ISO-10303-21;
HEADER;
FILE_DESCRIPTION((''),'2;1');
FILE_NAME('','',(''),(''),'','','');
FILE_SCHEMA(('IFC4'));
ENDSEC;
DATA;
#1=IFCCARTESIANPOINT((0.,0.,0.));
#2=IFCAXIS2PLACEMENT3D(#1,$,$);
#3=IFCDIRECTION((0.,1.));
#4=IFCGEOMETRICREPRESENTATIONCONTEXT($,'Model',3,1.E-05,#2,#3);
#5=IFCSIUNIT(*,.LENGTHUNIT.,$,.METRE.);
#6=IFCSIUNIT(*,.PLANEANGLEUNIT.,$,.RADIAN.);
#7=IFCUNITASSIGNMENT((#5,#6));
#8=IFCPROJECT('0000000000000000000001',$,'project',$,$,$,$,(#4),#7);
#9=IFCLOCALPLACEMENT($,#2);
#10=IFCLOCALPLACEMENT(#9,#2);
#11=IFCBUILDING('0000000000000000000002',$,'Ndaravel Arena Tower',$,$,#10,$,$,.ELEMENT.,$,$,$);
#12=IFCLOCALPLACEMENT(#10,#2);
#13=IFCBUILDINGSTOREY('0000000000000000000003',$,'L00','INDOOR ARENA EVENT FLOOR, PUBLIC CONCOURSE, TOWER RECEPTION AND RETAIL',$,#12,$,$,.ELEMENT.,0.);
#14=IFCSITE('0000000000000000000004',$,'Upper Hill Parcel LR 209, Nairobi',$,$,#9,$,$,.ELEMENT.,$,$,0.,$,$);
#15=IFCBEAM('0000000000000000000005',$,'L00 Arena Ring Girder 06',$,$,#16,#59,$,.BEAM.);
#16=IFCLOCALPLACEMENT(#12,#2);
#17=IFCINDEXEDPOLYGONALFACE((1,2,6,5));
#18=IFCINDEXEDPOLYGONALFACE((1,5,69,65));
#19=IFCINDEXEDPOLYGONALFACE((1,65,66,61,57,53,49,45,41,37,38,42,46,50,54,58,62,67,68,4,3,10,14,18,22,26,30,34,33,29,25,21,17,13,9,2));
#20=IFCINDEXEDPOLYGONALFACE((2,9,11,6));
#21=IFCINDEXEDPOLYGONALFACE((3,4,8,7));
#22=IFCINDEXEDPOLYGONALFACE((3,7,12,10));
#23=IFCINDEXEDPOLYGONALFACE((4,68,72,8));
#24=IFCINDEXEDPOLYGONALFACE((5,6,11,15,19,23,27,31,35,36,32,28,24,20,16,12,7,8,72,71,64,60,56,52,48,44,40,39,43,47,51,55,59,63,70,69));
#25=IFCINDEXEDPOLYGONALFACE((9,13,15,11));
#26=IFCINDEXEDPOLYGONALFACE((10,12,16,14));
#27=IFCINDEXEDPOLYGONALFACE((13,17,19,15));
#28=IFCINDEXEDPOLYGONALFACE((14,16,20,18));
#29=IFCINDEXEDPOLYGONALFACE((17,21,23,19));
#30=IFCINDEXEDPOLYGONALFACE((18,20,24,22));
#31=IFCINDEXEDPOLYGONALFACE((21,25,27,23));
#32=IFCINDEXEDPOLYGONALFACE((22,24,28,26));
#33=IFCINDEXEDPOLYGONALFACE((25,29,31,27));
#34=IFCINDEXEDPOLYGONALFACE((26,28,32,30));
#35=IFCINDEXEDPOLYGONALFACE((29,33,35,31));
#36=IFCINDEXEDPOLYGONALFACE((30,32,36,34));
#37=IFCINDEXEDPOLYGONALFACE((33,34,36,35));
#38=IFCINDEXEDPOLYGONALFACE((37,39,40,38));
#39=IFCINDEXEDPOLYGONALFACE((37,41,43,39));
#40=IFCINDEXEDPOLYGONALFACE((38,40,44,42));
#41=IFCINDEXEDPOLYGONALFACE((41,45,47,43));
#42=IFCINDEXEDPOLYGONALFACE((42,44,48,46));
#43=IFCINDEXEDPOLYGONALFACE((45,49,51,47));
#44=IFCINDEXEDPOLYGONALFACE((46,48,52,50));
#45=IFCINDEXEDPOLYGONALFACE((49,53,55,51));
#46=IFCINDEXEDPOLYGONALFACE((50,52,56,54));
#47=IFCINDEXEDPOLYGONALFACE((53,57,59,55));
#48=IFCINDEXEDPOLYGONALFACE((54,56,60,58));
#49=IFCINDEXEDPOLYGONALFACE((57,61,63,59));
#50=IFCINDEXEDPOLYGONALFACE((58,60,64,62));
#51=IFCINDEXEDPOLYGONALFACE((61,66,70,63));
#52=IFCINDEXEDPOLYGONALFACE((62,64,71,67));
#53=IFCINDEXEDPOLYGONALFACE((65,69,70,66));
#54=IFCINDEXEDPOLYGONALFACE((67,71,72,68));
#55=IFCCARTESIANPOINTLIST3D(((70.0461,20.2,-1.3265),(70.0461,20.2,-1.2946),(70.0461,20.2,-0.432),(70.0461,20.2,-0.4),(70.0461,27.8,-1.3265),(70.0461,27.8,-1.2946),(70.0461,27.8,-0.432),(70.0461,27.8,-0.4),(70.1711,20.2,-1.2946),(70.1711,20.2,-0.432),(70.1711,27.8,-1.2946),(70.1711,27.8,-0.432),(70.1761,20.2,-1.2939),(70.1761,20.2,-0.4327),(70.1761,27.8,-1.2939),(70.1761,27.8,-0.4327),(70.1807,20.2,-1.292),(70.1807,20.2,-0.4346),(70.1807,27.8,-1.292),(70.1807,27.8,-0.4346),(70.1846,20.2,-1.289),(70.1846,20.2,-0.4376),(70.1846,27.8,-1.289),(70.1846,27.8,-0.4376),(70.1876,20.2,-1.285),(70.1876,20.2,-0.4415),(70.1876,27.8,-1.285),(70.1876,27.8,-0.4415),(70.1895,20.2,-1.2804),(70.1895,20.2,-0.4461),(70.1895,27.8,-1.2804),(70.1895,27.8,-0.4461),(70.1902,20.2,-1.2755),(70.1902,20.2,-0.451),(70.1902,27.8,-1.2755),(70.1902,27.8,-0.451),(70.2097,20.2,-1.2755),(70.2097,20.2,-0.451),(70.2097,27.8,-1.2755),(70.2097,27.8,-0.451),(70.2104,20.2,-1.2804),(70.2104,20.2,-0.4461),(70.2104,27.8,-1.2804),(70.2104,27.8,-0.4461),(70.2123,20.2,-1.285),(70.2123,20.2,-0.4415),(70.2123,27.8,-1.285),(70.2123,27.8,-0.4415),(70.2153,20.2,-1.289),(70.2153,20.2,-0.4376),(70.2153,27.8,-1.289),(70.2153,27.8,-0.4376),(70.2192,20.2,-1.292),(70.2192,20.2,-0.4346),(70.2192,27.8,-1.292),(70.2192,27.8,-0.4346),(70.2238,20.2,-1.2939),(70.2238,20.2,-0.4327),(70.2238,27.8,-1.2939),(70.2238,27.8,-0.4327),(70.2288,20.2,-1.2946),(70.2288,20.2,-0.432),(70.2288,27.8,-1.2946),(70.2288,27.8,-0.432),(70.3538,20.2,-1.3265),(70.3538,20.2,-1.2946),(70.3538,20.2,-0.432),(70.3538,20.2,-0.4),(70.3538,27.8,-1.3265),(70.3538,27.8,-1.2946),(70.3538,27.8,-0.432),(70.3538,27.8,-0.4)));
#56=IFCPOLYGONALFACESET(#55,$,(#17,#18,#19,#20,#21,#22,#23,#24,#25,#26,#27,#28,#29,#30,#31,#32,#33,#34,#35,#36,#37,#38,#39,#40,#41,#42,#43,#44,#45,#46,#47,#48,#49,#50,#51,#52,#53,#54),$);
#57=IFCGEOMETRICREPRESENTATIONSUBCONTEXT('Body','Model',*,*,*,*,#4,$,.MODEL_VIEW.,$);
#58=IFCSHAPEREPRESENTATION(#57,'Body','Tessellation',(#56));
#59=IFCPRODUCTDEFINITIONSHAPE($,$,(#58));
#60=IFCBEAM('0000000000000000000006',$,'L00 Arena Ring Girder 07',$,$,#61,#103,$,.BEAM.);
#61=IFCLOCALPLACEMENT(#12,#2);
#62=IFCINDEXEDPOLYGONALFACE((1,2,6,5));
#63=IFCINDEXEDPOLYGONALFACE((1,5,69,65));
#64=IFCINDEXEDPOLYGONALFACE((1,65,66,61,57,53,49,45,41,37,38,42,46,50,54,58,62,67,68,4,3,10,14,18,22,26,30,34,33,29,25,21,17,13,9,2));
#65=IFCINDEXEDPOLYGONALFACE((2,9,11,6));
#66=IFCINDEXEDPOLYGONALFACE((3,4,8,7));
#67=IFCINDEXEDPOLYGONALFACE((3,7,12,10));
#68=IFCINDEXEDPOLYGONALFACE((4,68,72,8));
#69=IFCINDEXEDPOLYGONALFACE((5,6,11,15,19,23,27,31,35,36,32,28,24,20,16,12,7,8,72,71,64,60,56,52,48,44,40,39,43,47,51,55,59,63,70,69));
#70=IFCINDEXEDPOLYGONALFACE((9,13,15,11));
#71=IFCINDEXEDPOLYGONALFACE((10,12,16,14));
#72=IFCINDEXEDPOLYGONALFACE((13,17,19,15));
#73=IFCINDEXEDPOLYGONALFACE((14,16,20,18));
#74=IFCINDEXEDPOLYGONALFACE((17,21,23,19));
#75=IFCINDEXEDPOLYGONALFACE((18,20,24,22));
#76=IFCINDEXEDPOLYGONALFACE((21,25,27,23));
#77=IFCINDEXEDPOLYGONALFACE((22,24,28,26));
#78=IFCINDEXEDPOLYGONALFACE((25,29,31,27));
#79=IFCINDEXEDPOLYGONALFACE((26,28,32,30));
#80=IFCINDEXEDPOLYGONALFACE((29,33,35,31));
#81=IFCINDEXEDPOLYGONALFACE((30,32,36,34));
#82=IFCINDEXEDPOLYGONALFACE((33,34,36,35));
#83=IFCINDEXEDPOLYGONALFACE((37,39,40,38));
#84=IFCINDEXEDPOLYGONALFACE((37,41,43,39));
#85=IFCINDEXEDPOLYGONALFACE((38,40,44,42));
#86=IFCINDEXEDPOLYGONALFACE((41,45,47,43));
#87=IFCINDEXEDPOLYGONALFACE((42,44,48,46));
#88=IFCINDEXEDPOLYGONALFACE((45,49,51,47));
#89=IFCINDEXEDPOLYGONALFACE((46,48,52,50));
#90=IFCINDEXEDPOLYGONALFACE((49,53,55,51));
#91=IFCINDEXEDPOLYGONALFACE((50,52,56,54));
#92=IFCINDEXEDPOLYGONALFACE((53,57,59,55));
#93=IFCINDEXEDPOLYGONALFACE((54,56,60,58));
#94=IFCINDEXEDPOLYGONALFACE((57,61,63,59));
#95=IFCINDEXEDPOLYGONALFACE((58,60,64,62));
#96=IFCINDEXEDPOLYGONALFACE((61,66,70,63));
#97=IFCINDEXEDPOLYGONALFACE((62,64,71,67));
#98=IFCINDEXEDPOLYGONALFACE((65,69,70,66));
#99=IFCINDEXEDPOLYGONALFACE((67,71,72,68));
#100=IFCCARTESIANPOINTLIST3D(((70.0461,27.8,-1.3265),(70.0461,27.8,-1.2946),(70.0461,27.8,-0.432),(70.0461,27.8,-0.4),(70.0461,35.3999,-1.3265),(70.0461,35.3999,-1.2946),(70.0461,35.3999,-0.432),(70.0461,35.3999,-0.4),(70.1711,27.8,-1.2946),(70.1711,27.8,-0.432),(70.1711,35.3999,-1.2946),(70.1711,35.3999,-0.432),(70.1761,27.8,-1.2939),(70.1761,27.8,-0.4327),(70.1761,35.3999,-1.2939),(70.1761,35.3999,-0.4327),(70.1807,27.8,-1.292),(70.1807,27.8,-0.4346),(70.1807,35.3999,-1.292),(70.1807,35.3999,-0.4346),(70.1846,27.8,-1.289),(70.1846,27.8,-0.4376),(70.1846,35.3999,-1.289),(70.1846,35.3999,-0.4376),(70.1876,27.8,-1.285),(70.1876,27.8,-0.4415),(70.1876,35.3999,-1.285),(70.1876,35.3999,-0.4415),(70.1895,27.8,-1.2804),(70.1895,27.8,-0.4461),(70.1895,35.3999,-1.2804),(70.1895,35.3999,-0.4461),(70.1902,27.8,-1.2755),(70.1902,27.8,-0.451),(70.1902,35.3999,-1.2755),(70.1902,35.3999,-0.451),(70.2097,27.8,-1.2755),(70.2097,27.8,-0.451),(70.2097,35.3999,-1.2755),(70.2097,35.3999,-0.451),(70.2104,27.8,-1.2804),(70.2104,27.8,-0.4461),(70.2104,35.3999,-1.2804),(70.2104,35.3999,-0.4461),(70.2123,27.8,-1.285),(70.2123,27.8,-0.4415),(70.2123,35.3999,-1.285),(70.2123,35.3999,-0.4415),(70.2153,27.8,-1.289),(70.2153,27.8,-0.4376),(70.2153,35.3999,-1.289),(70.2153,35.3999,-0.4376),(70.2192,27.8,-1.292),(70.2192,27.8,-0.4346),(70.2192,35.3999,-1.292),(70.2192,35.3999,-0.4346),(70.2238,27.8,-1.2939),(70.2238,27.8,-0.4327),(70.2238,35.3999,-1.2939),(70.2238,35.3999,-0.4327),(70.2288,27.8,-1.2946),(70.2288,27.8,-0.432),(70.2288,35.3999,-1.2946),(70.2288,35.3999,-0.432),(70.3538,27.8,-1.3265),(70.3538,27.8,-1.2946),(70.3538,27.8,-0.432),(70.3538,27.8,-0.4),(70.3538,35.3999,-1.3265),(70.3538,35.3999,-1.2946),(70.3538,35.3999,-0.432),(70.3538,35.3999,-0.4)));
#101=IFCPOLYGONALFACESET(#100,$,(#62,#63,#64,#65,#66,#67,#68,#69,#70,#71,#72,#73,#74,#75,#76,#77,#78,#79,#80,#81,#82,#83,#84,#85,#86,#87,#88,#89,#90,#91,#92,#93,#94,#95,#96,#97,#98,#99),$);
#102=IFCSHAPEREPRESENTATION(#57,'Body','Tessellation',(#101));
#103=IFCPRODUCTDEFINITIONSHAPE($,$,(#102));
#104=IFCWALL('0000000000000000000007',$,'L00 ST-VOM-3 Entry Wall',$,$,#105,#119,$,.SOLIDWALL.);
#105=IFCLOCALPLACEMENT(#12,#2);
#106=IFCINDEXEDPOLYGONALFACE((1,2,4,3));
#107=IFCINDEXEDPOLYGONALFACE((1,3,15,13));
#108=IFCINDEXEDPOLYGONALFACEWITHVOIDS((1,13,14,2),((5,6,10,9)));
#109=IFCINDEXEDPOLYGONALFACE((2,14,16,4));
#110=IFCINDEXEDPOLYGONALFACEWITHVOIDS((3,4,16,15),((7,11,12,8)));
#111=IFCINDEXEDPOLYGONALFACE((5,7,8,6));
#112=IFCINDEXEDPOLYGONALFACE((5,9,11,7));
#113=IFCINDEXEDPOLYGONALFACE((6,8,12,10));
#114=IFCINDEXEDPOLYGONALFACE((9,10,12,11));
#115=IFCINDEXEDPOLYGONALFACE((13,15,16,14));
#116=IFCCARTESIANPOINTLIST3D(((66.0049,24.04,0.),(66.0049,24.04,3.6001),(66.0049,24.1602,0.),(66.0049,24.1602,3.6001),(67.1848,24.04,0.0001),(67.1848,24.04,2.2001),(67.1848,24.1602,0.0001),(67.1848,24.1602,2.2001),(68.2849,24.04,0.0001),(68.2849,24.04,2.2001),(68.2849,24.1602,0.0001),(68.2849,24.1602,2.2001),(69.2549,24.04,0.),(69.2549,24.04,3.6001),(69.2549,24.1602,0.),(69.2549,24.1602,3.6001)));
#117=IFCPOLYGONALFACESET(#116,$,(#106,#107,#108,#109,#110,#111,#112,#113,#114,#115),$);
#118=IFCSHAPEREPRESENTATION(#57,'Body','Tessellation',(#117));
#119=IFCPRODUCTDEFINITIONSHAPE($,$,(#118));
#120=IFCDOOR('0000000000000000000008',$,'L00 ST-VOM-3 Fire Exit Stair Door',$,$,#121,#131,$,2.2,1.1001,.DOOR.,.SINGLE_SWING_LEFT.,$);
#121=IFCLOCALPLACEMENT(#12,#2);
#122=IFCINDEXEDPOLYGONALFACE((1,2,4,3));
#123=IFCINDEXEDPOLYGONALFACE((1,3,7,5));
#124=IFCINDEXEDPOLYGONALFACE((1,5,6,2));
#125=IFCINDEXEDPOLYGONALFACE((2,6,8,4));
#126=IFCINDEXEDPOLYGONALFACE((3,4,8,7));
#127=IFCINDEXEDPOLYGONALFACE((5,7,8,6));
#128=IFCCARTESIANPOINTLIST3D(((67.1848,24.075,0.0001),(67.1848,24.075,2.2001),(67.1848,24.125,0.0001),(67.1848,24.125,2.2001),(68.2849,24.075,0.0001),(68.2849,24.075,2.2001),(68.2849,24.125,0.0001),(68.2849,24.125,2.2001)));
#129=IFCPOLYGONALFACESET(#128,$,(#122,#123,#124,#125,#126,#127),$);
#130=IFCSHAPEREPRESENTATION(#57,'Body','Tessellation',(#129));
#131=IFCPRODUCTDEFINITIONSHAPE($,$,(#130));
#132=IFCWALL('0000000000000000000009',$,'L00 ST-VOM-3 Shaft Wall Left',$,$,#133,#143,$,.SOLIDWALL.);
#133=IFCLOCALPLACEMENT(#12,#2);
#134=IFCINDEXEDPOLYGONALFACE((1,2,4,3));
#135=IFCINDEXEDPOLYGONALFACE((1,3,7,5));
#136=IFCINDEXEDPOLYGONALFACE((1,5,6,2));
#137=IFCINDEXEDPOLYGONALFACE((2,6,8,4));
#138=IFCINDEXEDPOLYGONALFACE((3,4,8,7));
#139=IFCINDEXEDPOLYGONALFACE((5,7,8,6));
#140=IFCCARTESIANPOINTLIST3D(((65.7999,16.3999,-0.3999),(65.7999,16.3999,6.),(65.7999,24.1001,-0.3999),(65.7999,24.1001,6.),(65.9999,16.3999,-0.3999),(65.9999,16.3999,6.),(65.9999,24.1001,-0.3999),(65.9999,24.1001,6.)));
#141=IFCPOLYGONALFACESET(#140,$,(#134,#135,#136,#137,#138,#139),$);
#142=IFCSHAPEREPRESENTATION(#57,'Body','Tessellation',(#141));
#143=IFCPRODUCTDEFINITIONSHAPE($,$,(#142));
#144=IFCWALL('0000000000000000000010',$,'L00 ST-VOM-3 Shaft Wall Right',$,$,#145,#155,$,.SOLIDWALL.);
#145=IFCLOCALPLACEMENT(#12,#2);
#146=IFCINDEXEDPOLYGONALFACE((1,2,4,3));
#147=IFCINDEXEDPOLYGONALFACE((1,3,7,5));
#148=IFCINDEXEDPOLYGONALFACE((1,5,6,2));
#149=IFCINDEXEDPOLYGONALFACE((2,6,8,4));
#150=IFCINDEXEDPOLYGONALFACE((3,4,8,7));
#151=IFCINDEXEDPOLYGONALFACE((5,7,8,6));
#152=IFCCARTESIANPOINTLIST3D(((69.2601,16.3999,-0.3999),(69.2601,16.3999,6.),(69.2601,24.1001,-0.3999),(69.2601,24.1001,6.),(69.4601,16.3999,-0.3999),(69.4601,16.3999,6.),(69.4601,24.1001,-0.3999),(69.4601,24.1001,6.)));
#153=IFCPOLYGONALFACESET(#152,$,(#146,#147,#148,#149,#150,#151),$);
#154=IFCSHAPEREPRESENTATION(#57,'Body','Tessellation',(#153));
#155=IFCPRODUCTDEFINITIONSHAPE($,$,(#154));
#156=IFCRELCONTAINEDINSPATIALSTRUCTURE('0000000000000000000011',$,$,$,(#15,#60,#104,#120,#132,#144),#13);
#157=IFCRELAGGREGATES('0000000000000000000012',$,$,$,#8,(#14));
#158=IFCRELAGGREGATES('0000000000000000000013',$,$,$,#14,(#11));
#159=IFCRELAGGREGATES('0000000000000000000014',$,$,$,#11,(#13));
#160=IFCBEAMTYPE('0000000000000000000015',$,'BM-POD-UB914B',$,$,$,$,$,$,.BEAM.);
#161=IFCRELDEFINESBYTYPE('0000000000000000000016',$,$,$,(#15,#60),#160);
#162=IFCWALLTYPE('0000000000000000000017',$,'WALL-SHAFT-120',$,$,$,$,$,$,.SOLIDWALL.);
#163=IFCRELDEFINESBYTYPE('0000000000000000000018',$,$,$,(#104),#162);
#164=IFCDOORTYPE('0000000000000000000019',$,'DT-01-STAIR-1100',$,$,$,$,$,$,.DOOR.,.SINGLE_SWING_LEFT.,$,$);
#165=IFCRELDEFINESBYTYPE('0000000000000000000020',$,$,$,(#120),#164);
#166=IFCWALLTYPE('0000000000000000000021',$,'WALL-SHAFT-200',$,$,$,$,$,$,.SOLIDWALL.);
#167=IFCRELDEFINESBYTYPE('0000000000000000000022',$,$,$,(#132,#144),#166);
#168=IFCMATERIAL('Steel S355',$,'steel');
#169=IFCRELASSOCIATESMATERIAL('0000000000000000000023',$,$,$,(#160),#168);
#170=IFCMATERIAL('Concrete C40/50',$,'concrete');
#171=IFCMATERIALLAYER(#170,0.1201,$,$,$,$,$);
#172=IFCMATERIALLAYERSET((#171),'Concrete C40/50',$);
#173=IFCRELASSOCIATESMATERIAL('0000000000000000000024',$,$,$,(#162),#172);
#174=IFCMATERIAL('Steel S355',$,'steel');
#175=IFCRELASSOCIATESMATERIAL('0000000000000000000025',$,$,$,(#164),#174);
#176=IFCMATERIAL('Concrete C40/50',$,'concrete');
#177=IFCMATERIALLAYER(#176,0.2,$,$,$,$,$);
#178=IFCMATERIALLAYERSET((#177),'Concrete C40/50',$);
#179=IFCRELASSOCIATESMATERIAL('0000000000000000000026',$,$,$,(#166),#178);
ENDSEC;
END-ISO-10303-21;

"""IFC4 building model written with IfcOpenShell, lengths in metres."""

from ifc_helpers import new_model, si_unit, direction, frame, frame_2d, origin, origin_2d, place, context, subcontext, project, spatial, rectangle, i_section, extrude, material, layer, layer_set, material_profile, profile_set, type_object, element, fill, save


model = new_model("IFC4")

# Units and contexts
model_context = context("Model", 3, precision=1e-05, world=origin(), true_north=direction((0.0, 1.0)))
body_context = subcontext(model_context, "Body", "Model", "MODEL_VIEW")
ifc_project = project(units=[si_unit("LENGTHUNIT", "METRE"), si_unit("PLANEANGLEUNIT", "RADIAN")], contexts=[model_context])

# Site, building, storey
site_placement = place(None, origin())
site = spatial("IfcSite", under=ifc_project, at=site_placement, Name="Upper Hill Parcel LR 209, Nairobi", CompositionType="ELEMENT", RefElevation=0.0)
building_placement = place(site_placement, origin())
building = spatial("IfcBuilding", under=site, at=building_placement, Name="Ndaravel Arena Tower", CompositionType="ELEMENT")
storey_placement = place(building_placement, origin())
storey = spatial("IfcBuildingStorey", under=building, at=storey_placement, Name="L00", Description="INDOOR ARENA EVENT FLOOR, PUBLIC CONCOURSE, TOWER RECEPTION AND RETAIL", CompositionType="ELEMENT", Elevation=0.0)

# Beams
ifc_material_1 = material(Name="Steel S355", Category="steel")
ifc_material_profile_1 = material_profile(ifc_material_1, i_section(OverallWidth=0.3076, OverallDepth=0.9265, WebThickness=0.0195, FlangeThickness=0.032, FilletRadius=0.019, at=origin_2d()), Name="UB 914x305x289")
ifc_profile_set_1 = profile_set([ifc_material_profile_1], Name="Steel S355")
beam_type_1 = type_object("IfcBeamType", Name="BM-POD-UB914B", PredefinedType="BEAM", material=ifc_profile_set_1)
beam_1_placement = place(storey_placement, frame((70.2, 20.2, -0.8633), z_axis=(0.0, 1.0, 0.0), x_axis=(-1.0, 0.0, 0.0)))
element("IfcBeam", 1, at=beam_1_placement, inside=storey, type_object=beam_type_1, Name="L00 Arena Ring Girder 06", PredefinedType="BEAM", context=body_context, shape_type="SweptSolid", body=[
    extrude(i_section(OverallWidth=0.3076, OverallDepth=0.9265, WebThickness=0.0195, FlangeThickness=0.032, FilletRadius=0.019, at=origin_2d()), origin(), (0.0, 0.0, 1.0), 7.6001),
])
beam_2_placement = place(storey_placement, frame((70.2, 27.8, -0.8633), z_axis=(0.0, 1.0, 0.0), x_axis=(-1.0, 0.0, 0.0)))
element("IfcBeam", 2, at=beam_2_placement, inside=storey, type_object=beam_type_1, Name="L00 Arena Ring Girder 07", PredefinedType="BEAM", context=body_context, shape_type="SweptSolid", body=[
    extrude(i_section(OverallWidth=0.3076, OverallDepth=0.9265, WebThickness=0.0195, FlangeThickness=0.032, FilletRadius=0.019, at=origin_2d()), origin(), (0.0, 0.0, 1.0), 7.5999),
])

# Wall, opening, door
ifc_material_2 = material(Name="Concrete C40/50", Category="concrete")
ifc_layer_1 = layer(ifc_material_2, 0.1201)
ifc_layer_set_1 = layer_set([ifc_layer_1], Name="Concrete C40/50")
wall_type_1 = type_object("IfcWallType", Name="WALL-SHAFT-120", PredefinedType="SOLIDWALL", material=ifc_layer_set_1)
wall_1_placement = place(storey_placement, frame((66.0049, 24.1001, 0.0), z_axis=(0.0, 0.0, 1.0), x_axis=(1.0, 0.0, 0.0)))
wall_1 = element("IfcWall", 3, at=wall_1_placement, inside=storey, type_object=wall_type_1, Name="L00 ST-VOM-3 Entry Wall", PredefinedType="SOLIDWALL", context=body_context, shape_type="SweptSolid", body=[
    extrude(rectangle(XDim=3.25, YDim=0.1201, at=frame_2d((1.625, 0.0))), origin(), (0.0, 0.0, 1.0), 3.6001),
])
opening_1_placement = place(wall_1_placement, frame((1.1799, 0.0, 0.0)))
opening_1 = element("IfcOpeningElement", 4, at=opening_1_placement, cuts=wall_1, PredefinedType="OPENING", context=body_context, shape_type="SweptSolid", body=[
    extrude(rectangle(XDim=1.1001, YDim=2.2, at=frame_2d((0.55, 1.1001))), frame((0.0, 0.0601, 0.0), z_axis=(0.0, -1.0, 0.0), x_axis=(1.0, 0.0, 0.0)), (0.0, 0.0, 1.0), 0.1201),
])
ifc_material_3 = material(Name="Steel S355", Category="steel")
door_type_1 = type_object("IfcDoorType", Name="DT-01-STAIR-1100", OperationType="SINGLE_SWING_LEFT", PredefinedType="DOOR", material=ifc_material_3)
door_1_placement = place(opening_1_placement, origin())
door_1 = element("IfcDoor", 5, at=door_1_placement, inside=storey, type_object=door_type_1, Name="L00 ST-VOM-3 Fire Exit Stair Door", OperationType="SINGLE_SWING_LEFT", OverallHeight=2.2, OverallWidth=1.1001, PredefinedType="DOOR", context=body_context, shape_type="SweptSolid", body=[
    extrude(rectangle(XDim=1.1001, YDim=2.2, at=frame_2d((0.55, 1.1001))), frame((0.0, 0.0249, 0.0), z_axis=(0.0, -1.0, 0.0), x_axis=(1.0, 0.0, 0.0)), (0.0, 0.0, 1.0), 0.05),
])
fill(opening_1, door_1)

# Walls
ifc_material_4 = material(Name="Concrete C40/50", Category="concrete")
ifc_layer_2 = layer(ifc_material_4, 0.2)
ifc_layer_set_2 = layer_set([ifc_layer_2], Name="Concrete C40/50")
wall_type_2 = type_object("IfcWallType", Name="WALL-SHAFT-200", PredefinedType="SOLIDWALL", material=ifc_layer_set_2)
for number, where, z_axis, x_axis, name in (
    (6, (65.8999, 24.1001, -0.3999), (0.0, 0.0, 1.0), (0.0, -1.0, 0.0), "L00 ST-VOM-3 Shaft Wall Left"),
    (7, (69.3601, 24.1001, -0.3999), (0.0, 0.0, 1.0), (0.0, -1.0, 0.0), "L00 ST-VOM-3 Shaft Wall Right"),
):
    element("IfcWall", number, at=place(storey_placement, frame(where, z_axis=z_axis, x_axis=x_axis)), inside=storey, type_object=wall_type_2, Name=name, PredefinedType="SOLIDWALL", context=body_context, shape_type="SweptSolid", body=[
        extrude(rectangle(XDim=7.7002, YDim=0.2, at=frame_2d((3.8501, 0.0))), origin(), (0.0, 0.0, 1.0), 6.3999),
    ])

save(model, "model.ifc")
